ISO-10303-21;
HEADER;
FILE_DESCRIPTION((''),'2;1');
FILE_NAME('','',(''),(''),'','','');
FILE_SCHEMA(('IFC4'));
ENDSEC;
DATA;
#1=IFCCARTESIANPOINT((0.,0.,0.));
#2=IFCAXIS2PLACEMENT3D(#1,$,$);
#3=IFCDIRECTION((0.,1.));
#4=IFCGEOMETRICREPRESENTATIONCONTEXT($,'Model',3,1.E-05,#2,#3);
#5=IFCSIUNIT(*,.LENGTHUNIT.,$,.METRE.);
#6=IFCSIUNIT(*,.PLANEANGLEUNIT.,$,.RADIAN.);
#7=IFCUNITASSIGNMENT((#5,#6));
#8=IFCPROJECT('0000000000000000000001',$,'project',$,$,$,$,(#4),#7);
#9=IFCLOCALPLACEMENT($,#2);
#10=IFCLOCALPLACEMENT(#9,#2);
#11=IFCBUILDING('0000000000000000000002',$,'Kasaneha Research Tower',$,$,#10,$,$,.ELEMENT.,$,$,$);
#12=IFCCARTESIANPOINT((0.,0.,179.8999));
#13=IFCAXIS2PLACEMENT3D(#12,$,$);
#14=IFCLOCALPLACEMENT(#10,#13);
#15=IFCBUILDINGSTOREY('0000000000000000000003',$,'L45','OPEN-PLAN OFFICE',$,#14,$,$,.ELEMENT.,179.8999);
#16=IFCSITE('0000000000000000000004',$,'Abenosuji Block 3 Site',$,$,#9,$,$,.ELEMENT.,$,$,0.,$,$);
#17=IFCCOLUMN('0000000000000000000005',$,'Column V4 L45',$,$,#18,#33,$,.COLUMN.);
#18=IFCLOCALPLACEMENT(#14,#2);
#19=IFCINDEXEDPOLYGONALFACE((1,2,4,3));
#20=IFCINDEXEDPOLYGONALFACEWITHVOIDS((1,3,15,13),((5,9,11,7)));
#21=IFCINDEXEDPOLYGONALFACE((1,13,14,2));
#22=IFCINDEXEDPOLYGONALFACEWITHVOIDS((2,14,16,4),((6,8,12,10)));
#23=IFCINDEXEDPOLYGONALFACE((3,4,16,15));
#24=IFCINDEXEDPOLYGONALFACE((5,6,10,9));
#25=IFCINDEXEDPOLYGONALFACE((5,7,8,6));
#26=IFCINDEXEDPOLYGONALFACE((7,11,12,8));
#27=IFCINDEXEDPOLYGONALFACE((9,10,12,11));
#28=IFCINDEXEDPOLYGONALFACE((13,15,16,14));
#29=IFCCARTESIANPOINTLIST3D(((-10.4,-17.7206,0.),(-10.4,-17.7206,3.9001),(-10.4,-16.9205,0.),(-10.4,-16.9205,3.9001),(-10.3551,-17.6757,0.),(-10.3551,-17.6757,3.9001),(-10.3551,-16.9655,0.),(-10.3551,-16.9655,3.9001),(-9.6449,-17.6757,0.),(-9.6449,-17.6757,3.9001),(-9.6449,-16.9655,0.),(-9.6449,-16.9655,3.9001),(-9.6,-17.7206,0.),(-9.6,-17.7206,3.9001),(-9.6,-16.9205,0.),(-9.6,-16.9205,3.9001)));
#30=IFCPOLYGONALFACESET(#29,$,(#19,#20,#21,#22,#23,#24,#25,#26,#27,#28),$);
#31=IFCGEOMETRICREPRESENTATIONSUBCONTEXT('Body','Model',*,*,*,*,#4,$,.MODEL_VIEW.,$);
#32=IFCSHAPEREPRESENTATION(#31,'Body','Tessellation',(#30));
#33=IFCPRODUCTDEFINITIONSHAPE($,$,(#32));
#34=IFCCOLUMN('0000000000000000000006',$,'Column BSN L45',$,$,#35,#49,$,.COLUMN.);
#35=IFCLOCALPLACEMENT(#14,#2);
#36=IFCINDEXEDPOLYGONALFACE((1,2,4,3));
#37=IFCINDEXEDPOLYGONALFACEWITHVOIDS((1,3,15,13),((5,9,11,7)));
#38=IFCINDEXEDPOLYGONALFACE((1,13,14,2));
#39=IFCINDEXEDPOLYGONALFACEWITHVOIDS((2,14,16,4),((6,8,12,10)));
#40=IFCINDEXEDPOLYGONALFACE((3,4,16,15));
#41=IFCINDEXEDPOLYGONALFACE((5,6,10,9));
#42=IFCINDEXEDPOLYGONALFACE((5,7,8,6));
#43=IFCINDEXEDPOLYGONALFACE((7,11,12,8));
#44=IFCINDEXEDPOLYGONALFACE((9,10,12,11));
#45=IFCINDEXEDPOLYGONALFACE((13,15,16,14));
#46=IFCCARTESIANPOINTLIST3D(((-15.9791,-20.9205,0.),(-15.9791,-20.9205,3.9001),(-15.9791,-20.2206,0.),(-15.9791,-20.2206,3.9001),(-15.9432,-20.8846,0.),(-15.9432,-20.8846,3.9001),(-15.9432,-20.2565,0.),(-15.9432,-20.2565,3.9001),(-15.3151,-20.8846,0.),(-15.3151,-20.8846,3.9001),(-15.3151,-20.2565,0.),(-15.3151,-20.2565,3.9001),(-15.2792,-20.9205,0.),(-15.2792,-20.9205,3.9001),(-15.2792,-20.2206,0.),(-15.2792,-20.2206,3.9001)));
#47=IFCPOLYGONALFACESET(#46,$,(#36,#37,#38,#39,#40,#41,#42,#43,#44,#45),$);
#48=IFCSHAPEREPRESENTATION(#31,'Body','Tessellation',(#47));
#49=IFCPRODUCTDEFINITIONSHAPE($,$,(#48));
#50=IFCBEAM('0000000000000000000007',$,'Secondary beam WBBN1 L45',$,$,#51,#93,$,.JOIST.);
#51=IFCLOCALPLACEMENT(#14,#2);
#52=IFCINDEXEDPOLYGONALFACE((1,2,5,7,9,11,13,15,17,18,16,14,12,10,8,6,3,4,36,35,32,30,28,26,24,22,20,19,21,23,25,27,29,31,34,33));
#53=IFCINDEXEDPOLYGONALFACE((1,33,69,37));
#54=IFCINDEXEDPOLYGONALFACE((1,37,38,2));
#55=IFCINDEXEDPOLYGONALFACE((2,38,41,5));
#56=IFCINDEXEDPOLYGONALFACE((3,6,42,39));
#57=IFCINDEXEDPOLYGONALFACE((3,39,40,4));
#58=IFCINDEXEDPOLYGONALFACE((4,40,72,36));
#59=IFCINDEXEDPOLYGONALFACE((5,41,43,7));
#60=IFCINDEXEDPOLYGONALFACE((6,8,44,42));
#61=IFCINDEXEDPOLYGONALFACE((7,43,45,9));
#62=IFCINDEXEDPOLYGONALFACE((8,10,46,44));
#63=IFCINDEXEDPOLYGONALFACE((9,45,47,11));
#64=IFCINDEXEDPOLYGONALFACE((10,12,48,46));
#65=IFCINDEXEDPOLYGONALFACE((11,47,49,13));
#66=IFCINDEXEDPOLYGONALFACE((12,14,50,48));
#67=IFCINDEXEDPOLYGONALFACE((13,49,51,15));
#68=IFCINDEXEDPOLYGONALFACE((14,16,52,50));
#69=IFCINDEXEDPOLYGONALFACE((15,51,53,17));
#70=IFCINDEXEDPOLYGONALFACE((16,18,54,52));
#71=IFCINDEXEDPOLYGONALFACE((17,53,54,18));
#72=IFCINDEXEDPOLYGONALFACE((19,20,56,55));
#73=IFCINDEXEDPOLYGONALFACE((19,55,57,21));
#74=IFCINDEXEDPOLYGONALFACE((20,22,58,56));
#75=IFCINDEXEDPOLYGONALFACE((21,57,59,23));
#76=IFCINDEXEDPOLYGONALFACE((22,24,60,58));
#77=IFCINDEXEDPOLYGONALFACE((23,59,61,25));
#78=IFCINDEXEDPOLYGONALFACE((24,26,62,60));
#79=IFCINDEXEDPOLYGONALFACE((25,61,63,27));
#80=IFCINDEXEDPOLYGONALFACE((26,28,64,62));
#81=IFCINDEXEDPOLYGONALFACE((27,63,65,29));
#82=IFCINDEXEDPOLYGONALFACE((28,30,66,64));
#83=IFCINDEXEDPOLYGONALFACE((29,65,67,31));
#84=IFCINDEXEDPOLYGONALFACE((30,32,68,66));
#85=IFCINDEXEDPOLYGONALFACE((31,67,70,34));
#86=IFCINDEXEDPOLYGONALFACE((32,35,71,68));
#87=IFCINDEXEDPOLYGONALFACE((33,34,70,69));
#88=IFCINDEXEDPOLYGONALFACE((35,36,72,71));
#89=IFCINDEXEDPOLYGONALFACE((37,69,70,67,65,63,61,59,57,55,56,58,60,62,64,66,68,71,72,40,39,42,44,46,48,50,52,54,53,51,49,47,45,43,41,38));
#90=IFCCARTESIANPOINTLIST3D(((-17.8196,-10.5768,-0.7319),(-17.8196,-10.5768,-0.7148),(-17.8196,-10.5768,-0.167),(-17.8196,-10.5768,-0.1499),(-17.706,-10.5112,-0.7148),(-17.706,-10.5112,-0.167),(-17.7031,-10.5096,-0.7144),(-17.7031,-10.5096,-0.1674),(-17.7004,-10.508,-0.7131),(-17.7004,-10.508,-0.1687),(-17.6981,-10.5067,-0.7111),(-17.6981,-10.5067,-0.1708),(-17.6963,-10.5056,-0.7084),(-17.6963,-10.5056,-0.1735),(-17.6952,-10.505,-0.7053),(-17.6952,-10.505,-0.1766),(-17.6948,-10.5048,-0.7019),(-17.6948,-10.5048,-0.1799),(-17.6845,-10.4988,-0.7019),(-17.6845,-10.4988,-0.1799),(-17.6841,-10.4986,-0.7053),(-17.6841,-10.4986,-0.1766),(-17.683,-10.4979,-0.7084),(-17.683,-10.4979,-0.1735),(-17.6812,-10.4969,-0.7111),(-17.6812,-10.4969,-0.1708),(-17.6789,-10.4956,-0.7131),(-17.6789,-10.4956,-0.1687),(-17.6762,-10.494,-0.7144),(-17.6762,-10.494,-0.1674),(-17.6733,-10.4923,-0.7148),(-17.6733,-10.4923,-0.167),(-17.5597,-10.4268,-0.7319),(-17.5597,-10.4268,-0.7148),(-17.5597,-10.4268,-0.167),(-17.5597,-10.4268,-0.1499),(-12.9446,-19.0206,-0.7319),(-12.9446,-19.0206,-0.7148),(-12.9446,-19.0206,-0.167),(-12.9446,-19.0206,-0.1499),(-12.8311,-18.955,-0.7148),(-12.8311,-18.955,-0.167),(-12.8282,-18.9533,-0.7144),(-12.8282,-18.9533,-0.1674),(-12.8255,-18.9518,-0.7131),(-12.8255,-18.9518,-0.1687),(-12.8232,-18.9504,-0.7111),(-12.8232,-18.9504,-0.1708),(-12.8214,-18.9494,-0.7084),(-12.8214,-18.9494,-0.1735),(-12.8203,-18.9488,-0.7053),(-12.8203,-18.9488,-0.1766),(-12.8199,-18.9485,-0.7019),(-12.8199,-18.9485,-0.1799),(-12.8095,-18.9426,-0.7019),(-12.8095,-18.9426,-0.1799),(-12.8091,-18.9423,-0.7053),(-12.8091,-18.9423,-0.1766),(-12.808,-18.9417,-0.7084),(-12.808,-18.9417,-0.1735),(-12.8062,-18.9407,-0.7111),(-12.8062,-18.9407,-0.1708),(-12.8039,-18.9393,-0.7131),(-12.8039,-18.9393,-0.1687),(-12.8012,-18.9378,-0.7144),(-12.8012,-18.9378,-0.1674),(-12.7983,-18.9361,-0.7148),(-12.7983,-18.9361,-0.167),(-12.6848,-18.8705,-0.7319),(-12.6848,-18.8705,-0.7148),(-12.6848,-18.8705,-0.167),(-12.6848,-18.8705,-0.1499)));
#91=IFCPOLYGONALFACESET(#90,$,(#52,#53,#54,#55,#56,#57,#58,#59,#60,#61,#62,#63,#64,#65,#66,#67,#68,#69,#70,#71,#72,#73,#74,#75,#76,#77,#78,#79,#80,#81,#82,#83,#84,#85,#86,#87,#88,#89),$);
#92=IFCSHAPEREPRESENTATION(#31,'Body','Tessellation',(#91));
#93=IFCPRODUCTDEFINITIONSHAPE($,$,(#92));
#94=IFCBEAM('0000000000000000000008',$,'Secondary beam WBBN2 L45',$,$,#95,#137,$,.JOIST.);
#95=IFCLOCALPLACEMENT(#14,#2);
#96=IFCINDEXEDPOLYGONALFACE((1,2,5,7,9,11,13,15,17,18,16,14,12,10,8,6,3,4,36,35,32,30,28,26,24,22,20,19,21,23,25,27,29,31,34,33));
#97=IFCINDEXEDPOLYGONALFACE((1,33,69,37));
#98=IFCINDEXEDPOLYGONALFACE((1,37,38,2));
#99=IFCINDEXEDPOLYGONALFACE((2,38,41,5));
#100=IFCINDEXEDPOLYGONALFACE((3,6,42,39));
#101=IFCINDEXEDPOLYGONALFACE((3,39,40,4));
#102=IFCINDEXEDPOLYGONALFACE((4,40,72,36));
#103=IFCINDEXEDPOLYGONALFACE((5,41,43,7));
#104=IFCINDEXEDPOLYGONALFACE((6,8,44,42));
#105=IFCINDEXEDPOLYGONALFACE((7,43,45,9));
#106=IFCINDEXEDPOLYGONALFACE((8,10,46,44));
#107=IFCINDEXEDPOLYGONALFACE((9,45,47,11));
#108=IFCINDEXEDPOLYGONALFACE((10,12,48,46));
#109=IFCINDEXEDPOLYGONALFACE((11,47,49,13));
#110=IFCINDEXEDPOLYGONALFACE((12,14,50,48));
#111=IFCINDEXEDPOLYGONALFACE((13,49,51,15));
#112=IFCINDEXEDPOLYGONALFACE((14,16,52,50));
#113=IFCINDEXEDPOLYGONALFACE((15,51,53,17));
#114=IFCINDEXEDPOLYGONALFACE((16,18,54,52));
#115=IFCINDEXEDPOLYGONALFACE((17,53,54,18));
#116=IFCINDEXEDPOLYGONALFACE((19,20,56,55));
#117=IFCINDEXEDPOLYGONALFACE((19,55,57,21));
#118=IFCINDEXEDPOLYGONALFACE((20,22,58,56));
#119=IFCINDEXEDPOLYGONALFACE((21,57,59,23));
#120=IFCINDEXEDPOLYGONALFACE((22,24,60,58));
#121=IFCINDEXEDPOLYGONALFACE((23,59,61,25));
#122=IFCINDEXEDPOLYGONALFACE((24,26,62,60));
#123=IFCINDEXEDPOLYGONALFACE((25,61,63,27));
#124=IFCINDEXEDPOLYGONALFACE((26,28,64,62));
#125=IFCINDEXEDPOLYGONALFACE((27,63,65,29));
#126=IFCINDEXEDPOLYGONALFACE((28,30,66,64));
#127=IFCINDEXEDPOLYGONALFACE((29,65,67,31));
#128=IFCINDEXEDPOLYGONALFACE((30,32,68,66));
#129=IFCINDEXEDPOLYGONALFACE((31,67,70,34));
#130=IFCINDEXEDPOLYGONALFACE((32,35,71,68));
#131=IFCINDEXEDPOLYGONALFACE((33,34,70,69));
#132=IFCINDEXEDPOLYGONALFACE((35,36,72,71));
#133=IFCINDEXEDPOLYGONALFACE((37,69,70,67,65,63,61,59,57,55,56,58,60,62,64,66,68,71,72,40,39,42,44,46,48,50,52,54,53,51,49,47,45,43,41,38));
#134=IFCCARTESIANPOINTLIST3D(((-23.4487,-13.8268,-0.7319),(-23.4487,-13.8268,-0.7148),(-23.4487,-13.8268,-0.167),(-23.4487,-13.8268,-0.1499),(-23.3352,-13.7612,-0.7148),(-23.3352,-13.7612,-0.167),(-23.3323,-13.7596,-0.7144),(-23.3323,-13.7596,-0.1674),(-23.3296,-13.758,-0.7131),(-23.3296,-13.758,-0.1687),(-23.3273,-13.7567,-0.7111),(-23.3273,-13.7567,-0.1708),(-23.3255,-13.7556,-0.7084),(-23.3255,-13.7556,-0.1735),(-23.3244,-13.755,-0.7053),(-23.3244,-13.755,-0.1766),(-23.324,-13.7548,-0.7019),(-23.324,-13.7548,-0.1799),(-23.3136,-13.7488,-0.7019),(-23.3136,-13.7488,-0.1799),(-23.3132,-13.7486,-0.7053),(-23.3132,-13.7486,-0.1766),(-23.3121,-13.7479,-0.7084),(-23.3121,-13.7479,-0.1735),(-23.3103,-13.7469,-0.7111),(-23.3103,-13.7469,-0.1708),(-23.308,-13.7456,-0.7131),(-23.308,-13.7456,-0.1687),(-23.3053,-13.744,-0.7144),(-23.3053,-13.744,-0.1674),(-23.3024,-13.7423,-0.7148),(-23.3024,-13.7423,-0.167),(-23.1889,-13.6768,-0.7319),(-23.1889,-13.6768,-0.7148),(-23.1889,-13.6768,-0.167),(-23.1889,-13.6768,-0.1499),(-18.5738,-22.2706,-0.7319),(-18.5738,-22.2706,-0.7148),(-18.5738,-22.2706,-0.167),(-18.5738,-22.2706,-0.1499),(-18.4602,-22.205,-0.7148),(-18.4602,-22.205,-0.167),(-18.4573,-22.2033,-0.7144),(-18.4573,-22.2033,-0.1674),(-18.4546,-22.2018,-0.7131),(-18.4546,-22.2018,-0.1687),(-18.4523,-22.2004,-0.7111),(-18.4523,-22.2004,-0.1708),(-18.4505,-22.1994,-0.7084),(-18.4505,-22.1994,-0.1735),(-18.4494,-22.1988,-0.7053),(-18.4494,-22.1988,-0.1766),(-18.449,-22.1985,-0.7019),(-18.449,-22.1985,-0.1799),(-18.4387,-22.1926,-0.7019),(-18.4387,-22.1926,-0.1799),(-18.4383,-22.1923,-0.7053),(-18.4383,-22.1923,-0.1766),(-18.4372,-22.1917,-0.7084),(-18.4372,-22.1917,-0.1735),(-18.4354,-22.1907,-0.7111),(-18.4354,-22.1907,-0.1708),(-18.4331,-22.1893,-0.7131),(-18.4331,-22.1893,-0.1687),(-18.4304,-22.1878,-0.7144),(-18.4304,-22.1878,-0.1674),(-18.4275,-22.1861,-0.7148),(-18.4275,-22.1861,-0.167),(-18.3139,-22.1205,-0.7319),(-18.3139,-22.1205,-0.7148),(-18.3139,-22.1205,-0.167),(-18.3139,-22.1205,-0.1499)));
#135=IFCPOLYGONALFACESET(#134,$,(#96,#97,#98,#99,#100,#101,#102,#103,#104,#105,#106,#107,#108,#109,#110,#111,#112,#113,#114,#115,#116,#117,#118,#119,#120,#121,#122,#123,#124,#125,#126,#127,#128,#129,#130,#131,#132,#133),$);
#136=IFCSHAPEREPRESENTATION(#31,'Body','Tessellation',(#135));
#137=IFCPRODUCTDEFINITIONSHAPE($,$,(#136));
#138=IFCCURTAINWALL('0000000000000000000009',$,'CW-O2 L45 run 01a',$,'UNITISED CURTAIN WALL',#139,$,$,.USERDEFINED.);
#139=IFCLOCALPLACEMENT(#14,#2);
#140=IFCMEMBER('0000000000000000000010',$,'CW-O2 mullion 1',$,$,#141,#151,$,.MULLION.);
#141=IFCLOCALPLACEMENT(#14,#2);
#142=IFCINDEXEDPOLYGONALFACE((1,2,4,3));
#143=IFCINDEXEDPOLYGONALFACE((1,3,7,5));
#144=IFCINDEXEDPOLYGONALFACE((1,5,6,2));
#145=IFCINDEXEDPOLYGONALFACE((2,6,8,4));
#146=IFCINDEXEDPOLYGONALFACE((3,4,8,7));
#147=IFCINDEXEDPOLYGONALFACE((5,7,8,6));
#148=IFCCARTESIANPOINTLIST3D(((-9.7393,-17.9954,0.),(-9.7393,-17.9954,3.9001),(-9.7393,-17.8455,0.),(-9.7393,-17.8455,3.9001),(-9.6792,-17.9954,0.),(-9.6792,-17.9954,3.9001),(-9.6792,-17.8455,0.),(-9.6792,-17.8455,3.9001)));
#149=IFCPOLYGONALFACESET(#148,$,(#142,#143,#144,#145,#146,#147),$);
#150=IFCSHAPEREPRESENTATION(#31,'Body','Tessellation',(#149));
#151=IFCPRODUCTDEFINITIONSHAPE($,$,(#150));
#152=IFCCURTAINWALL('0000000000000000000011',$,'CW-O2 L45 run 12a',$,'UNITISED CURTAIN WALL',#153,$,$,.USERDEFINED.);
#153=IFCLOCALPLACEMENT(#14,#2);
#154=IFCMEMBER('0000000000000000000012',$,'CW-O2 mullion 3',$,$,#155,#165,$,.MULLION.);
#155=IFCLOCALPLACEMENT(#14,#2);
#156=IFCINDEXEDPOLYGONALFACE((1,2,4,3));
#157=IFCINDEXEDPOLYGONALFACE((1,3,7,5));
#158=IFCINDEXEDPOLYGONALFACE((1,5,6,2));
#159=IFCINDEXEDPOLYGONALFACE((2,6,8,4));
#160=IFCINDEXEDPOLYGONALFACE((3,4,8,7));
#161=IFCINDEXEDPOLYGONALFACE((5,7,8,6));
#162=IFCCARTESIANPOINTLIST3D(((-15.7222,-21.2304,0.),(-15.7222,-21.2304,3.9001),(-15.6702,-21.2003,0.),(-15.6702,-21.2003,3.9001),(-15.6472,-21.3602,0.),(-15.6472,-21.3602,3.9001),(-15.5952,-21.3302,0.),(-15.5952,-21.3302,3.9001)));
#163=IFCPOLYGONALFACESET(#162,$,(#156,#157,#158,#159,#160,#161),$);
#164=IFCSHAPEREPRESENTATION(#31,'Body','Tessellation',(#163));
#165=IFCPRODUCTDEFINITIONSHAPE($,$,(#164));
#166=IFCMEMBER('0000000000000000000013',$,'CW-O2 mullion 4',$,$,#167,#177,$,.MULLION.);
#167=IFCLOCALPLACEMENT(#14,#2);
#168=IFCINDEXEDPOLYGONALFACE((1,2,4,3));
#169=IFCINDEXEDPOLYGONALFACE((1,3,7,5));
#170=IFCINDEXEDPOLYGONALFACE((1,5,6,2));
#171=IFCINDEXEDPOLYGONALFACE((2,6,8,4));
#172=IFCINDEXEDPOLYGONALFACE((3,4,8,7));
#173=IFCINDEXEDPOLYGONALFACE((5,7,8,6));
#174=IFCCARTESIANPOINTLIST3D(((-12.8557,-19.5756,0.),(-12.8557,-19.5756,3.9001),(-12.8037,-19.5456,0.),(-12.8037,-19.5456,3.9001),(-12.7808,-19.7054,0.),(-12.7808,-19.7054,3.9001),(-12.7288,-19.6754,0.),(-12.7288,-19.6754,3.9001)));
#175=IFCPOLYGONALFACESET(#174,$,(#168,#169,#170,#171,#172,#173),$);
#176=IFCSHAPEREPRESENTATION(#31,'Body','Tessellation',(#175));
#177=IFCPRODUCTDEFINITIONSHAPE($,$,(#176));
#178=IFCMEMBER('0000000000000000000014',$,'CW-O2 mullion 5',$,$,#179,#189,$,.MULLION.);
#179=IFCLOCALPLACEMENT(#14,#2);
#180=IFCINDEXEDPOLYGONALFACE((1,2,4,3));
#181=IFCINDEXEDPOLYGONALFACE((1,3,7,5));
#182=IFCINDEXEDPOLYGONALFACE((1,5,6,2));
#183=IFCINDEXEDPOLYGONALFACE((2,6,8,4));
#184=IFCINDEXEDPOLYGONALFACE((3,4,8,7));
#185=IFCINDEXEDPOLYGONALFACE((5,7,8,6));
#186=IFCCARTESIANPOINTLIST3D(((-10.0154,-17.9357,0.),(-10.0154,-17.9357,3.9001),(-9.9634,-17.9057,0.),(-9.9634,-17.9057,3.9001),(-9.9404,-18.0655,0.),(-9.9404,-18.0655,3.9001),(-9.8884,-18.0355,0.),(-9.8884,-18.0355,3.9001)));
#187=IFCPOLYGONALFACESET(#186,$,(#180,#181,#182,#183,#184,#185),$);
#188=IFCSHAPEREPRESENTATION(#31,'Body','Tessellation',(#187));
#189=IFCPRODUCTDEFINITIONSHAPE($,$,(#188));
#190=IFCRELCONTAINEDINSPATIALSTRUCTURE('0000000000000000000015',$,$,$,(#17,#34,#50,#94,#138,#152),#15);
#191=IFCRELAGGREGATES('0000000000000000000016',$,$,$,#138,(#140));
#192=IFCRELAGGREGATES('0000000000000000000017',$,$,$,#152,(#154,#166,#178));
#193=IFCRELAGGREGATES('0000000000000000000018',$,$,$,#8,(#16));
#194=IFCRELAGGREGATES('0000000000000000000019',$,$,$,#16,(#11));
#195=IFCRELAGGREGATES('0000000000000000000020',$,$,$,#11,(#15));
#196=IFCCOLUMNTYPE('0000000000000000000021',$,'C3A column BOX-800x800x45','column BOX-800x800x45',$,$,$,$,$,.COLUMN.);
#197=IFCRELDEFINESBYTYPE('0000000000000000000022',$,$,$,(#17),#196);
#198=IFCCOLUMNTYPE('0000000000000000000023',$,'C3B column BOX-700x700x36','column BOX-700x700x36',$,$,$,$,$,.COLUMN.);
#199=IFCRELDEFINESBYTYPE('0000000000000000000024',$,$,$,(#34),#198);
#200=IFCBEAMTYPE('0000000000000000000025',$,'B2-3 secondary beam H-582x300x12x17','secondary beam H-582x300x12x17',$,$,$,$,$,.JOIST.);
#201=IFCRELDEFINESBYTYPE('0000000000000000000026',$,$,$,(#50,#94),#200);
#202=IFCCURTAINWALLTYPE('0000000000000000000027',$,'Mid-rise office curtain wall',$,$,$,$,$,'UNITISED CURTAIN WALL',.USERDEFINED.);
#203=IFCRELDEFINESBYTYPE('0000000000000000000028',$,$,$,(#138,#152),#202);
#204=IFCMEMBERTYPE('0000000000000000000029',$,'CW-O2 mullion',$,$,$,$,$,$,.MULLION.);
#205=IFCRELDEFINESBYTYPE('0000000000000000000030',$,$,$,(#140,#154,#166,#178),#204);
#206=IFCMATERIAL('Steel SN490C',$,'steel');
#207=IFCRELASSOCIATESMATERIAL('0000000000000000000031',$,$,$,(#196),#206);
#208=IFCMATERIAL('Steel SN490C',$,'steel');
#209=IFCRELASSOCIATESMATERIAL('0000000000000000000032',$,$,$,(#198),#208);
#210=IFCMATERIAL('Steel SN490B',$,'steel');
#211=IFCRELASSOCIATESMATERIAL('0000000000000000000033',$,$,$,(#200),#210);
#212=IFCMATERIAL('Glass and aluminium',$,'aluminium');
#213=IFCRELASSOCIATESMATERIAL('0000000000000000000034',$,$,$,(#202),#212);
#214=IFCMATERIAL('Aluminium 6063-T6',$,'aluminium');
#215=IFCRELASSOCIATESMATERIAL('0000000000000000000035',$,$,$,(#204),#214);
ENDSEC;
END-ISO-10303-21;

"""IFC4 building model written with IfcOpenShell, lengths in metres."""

from ifc_helpers import new_model, si_unit, direction, frame, origin, origin_2d, place, context, subcontext, project, spatial, rectangle, hollow_rectangle, i_section, extrude, material, material_profile, profile_set, type_object, element, aggregate, save


model = new_model("IFC4")

# Units and contexts
model_context = context("Model", 3, precision=1e-05, world=origin(), true_north=direction((0.0, 1.0)))
body_context = subcontext(model_context, "Body", "Model", "MODEL_VIEW")
ifc_project = project(units=[si_unit("LENGTHUNIT", "METRE"), si_unit("PLANEANGLEUNIT", "RADIAN")], contexts=[model_context])

# Site, building, storey
site_placement = place(None, origin())
site = spatial("IfcSite", under=ifc_project, at=site_placement, Name="Abenosuji Block 3 Site", CompositionType="ELEMENT", RefElevation=0.0)
building_placement = place(site_placement, origin())
building = spatial("IfcBuilding", under=site, at=building_placement, Name="Kasaneha Research Tower", CompositionType="ELEMENT")
storey_placement = place(building_placement, frame((0.0, 0.0, 179.8999)))
storey = spatial("IfcBuildingStorey", under=building, at=storey_placement, Name="L45", Description="OPEN-PLAN OFFICE", CompositionType="ELEMENT", Elevation=179.8999)

# Columns
ifc_material_1 = material(Name="Steel SN490C", Category="steel")
ifc_material_profile_1 = material_profile(ifc_material_1, hollow_rectangle(XDim=0.8, YDim=0.8, WallThickness=0.0449, at=origin_2d()), Name="BOX-800x800x45")
ifc_profile_set_1 = profile_set([ifc_material_profile_1], Name="Steel SN490C")
column_type_1 = type_object("IfcColumnType", Name="C3A column BOX-800x800x45", Description="column BOX-800x800x45", PredefinedType="COLUMN", material=ifc_profile_set_1)
column_1_placement = place(storey_placement, frame((-10.0, -17.3206, 0.0), z_axis=(0.0, 0.0, 1.0), x_axis=(1.0, 0.0, 0.0)))
element("IfcColumn", 1, at=column_1_placement, inside=storey, type_object=column_type_1, Name="Column V4 L45", PredefinedType="COLUMN", context=body_context, shape_type="SweptSolid", body=[
    extrude(hollow_rectangle(XDim=0.8, YDim=0.8, WallThickness=0.0449, at=origin_2d()), origin(), (0.0, 0.0, 1.0), 3.9001),
])
ifc_material_2 = material(Name="Steel SN490C", Category="steel")
ifc_material_profile_2 = material_profile(ifc_material_2, hollow_rectangle(XDim=0.7, YDim=0.7, WallThickness=0.0359, at=origin_2d()), Name="BOX-700x700x36")
ifc_profile_set_2 = profile_set([ifc_material_profile_2], Name="Steel SN490C")
column_type_2 = type_object("IfcColumnType", Name="C3B column BOX-700x700x36", Description="column BOX-700x700x36", PredefinedType="COLUMN", material=ifc_profile_set_2)
column_2_placement = place(storey_placement, frame((-15.6292, -20.5706, 0.0), z_axis=(0.0, 0.0, 1.0), x_axis=(1.0, 0.0, 0.0)))
element("IfcColumn", 2, at=column_2_placement, inside=storey, type_object=column_type_2, Name="Column BSN L45", PredefinedType="COLUMN", context=body_context, shape_type="SweptSolid", body=[
    extrude(hollow_rectangle(XDim=0.7, YDim=0.7, WallThickness=0.0359, at=origin_2d()), origin(), (0.0, 0.0, 1.0), 3.9001),
])

# Beams
ifc_material_3 = material(Name="Steel SN490B", Category="steel")
ifc_material_profile_3 = material_profile(ifc_material_3, i_section(OverallWidth=0.3, OverallDepth=0.582, WebThickness=0.012, FlangeThickness=0.0171, FilletRadius=0.0129, at=origin_2d()), Name="H-582x300x12x17")
ifc_profile_set_3 = profile_set([ifc_material_profile_3], Name="Steel SN490B")
beam_type_1 = type_object("IfcBeamType", Name="B2-3 secondary beam H-582x300x12x17", Description="secondary beam H-582x300x12x17", PredefinedType="JOIST", material=ifc_profile_set_3)
for number, where, z_axis, x_axis, name in (
    (3, (-12.8147, -18.9456, -0.4409), (-0.499996, 0.866028, 0.0), (-0.866028, -0.499996, 0.0), "Secondary beam WBBN1 L45"),
    (4, (-18.4438, -22.1956, -0.4409), (-0.499996, 0.866028, 0.0), (-0.866028, -0.499996, 0.0), "Secondary beam WBBN2 L45"),
):
    element("IfcBeam", number, at=place(storey_placement, frame(where, z_axis=z_axis, x_axis=x_axis)), inside=storey, type_object=beam_type_1, Name=name, PredefinedType="JOIST", context=body_context, shape_type="SweptSolid", body=[
        extrude(i_section(OverallWidth=0.3, OverallDepth=0.582, WebThickness=0.012, FlangeThickness=0.0171, FilletRadius=0.0129, at=origin_2d()), origin(), (0.0, 0.0, 1.0), 9.75),
    ])

# Curtain wall, member
ifc_material_4 = material(Name="Glass and aluminium", Category="aluminium")
curtain_wall_type = type_object("IfcCurtainWallType", Name="Mid-rise office curtain wall", ElementType="UNITISED CURTAIN WALL", PredefinedType="USERDEFINED", material=ifc_material_4)
curtain_wall_1_placement = place(storey_placement, origin())
curtain_wall_1 = element("IfcCurtainWall", 5, at=curtain_wall_1_placement, inside=storey, type_object=curtain_wall_type, Name="CW-O2 L45 run 01a", ObjectType="UNITISED CURTAIN WALL", PredefinedType="USERDEFINED")
ifc_material_5 = material(Name="Aluminium 6063-T6", Category="aluminium")
ifc_material_profile_4 = material_profile(ifc_material_5, rectangle(XDim=0.0601, YDim=0.1499, at=origin_2d()), Name="CW-O2 mullion 60x150")
ifc_profile_set_4 = profile_set([ifc_material_profile_4], Name="Aluminium 6063-T6")
member_type_1 = type_object("IfcMemberType", Name="CW-O2 mullion", PredefinedType="MULLION", material=ifc_profile_set_4)
member_1_placement = place(storey_placement, frame((-9.7092, -17.9204, 0.0), z_axis=(0.0, 0.0, 1.0), x_axis=(1.0, 0.0, 0.0)))
member_1 = element("IfcMember", 6, at=member_1_placement, type_object=member_type_1, Name="CW-O2 mullion 1", PredefinedType="MULLION", context=body_context, shape_type="SweptSolid", body=[
    extrude(rectangle(XDim=0.0601, YDim=0.1499, at=origin_2d()), origin(), (0.0, 0.0, 1.0), 3.9001),
])

# Curtain wall, members
curtain_wall_2_placement = place(storey_placement, origin())
curtain_wall_2 = element("IfcCurtainWall", 7, at=curtain_wall_2_placement, inside=storey, type_object=curtain_wall_type, Name="CW-O2 L45 run 12a", ObjectType="UNITISED CURTAIN WALL", PredefinedType="USERDEFINED")
member_2_placement = place(storey_placement, frame((-15.6587, -21.2803, 0.0), z_axis=(0.0, 0.0, 1.0), x_axis=(0.866025, 0.5, 0.0)))
member_2 = element("IfcMember", 8, at=member_2_placement, type_object=member_type_1, Name="CW-O2 mullion 3", PredefinedType="MULLION", context=body_context, shape_type="SweptSolid", body=[
    extrude(rectangle(XDim=0.0601, YDim=0.1499, at=origin_2d()), origin(), (0.0, 0.0, 1.0), 3.9001),
])
member_3_placement = place(storey_placement, frame((-12.7922, -19.6255, 0.0), z_axis=(0.0, 0.0, 1.0), x_axis=(0.866025, 0.5, 0.0)))
member_3 = element("IfcMember", 9, at=member_3_placement, type_object=member_type_1, Name="CW-O2 mullion 4", PredefinedType="MULLION", context=body_context, shape_type="SweptSolid", body=[
    extrude(rectangle(XDim=0.0601, YDim=0.1499, at=origin_2d()), origin(), (0.0, 0.0, 1.0), 3.9001),
])
member_4_placement = place(storey_placement, frame((-9.9519, -17.9856, 0.0), z_axis=(0.0, 0.0, 1.0), x_axis=(0.866025, 0.5, 0.0)))
member_4 = element("IfcMember", 10, at=member_4_placement, type_object=member_type_1, Name="CW-O2 mullion 5", PredefinedType="MULLION", context=body_context, shape_type="SweptSolid", body=[
    extrude(rectangle(XDim=0.0601, YDim=0.1499, at=origin_2d()), origin(), (0.0, 0.0, 1.0), 3.9001),
])

aggregate(curtain_wall_1, [member_1])

aggregate(curtain_wall_2, [member_2, member_3, member_4])

save(model, "model.ifc")
